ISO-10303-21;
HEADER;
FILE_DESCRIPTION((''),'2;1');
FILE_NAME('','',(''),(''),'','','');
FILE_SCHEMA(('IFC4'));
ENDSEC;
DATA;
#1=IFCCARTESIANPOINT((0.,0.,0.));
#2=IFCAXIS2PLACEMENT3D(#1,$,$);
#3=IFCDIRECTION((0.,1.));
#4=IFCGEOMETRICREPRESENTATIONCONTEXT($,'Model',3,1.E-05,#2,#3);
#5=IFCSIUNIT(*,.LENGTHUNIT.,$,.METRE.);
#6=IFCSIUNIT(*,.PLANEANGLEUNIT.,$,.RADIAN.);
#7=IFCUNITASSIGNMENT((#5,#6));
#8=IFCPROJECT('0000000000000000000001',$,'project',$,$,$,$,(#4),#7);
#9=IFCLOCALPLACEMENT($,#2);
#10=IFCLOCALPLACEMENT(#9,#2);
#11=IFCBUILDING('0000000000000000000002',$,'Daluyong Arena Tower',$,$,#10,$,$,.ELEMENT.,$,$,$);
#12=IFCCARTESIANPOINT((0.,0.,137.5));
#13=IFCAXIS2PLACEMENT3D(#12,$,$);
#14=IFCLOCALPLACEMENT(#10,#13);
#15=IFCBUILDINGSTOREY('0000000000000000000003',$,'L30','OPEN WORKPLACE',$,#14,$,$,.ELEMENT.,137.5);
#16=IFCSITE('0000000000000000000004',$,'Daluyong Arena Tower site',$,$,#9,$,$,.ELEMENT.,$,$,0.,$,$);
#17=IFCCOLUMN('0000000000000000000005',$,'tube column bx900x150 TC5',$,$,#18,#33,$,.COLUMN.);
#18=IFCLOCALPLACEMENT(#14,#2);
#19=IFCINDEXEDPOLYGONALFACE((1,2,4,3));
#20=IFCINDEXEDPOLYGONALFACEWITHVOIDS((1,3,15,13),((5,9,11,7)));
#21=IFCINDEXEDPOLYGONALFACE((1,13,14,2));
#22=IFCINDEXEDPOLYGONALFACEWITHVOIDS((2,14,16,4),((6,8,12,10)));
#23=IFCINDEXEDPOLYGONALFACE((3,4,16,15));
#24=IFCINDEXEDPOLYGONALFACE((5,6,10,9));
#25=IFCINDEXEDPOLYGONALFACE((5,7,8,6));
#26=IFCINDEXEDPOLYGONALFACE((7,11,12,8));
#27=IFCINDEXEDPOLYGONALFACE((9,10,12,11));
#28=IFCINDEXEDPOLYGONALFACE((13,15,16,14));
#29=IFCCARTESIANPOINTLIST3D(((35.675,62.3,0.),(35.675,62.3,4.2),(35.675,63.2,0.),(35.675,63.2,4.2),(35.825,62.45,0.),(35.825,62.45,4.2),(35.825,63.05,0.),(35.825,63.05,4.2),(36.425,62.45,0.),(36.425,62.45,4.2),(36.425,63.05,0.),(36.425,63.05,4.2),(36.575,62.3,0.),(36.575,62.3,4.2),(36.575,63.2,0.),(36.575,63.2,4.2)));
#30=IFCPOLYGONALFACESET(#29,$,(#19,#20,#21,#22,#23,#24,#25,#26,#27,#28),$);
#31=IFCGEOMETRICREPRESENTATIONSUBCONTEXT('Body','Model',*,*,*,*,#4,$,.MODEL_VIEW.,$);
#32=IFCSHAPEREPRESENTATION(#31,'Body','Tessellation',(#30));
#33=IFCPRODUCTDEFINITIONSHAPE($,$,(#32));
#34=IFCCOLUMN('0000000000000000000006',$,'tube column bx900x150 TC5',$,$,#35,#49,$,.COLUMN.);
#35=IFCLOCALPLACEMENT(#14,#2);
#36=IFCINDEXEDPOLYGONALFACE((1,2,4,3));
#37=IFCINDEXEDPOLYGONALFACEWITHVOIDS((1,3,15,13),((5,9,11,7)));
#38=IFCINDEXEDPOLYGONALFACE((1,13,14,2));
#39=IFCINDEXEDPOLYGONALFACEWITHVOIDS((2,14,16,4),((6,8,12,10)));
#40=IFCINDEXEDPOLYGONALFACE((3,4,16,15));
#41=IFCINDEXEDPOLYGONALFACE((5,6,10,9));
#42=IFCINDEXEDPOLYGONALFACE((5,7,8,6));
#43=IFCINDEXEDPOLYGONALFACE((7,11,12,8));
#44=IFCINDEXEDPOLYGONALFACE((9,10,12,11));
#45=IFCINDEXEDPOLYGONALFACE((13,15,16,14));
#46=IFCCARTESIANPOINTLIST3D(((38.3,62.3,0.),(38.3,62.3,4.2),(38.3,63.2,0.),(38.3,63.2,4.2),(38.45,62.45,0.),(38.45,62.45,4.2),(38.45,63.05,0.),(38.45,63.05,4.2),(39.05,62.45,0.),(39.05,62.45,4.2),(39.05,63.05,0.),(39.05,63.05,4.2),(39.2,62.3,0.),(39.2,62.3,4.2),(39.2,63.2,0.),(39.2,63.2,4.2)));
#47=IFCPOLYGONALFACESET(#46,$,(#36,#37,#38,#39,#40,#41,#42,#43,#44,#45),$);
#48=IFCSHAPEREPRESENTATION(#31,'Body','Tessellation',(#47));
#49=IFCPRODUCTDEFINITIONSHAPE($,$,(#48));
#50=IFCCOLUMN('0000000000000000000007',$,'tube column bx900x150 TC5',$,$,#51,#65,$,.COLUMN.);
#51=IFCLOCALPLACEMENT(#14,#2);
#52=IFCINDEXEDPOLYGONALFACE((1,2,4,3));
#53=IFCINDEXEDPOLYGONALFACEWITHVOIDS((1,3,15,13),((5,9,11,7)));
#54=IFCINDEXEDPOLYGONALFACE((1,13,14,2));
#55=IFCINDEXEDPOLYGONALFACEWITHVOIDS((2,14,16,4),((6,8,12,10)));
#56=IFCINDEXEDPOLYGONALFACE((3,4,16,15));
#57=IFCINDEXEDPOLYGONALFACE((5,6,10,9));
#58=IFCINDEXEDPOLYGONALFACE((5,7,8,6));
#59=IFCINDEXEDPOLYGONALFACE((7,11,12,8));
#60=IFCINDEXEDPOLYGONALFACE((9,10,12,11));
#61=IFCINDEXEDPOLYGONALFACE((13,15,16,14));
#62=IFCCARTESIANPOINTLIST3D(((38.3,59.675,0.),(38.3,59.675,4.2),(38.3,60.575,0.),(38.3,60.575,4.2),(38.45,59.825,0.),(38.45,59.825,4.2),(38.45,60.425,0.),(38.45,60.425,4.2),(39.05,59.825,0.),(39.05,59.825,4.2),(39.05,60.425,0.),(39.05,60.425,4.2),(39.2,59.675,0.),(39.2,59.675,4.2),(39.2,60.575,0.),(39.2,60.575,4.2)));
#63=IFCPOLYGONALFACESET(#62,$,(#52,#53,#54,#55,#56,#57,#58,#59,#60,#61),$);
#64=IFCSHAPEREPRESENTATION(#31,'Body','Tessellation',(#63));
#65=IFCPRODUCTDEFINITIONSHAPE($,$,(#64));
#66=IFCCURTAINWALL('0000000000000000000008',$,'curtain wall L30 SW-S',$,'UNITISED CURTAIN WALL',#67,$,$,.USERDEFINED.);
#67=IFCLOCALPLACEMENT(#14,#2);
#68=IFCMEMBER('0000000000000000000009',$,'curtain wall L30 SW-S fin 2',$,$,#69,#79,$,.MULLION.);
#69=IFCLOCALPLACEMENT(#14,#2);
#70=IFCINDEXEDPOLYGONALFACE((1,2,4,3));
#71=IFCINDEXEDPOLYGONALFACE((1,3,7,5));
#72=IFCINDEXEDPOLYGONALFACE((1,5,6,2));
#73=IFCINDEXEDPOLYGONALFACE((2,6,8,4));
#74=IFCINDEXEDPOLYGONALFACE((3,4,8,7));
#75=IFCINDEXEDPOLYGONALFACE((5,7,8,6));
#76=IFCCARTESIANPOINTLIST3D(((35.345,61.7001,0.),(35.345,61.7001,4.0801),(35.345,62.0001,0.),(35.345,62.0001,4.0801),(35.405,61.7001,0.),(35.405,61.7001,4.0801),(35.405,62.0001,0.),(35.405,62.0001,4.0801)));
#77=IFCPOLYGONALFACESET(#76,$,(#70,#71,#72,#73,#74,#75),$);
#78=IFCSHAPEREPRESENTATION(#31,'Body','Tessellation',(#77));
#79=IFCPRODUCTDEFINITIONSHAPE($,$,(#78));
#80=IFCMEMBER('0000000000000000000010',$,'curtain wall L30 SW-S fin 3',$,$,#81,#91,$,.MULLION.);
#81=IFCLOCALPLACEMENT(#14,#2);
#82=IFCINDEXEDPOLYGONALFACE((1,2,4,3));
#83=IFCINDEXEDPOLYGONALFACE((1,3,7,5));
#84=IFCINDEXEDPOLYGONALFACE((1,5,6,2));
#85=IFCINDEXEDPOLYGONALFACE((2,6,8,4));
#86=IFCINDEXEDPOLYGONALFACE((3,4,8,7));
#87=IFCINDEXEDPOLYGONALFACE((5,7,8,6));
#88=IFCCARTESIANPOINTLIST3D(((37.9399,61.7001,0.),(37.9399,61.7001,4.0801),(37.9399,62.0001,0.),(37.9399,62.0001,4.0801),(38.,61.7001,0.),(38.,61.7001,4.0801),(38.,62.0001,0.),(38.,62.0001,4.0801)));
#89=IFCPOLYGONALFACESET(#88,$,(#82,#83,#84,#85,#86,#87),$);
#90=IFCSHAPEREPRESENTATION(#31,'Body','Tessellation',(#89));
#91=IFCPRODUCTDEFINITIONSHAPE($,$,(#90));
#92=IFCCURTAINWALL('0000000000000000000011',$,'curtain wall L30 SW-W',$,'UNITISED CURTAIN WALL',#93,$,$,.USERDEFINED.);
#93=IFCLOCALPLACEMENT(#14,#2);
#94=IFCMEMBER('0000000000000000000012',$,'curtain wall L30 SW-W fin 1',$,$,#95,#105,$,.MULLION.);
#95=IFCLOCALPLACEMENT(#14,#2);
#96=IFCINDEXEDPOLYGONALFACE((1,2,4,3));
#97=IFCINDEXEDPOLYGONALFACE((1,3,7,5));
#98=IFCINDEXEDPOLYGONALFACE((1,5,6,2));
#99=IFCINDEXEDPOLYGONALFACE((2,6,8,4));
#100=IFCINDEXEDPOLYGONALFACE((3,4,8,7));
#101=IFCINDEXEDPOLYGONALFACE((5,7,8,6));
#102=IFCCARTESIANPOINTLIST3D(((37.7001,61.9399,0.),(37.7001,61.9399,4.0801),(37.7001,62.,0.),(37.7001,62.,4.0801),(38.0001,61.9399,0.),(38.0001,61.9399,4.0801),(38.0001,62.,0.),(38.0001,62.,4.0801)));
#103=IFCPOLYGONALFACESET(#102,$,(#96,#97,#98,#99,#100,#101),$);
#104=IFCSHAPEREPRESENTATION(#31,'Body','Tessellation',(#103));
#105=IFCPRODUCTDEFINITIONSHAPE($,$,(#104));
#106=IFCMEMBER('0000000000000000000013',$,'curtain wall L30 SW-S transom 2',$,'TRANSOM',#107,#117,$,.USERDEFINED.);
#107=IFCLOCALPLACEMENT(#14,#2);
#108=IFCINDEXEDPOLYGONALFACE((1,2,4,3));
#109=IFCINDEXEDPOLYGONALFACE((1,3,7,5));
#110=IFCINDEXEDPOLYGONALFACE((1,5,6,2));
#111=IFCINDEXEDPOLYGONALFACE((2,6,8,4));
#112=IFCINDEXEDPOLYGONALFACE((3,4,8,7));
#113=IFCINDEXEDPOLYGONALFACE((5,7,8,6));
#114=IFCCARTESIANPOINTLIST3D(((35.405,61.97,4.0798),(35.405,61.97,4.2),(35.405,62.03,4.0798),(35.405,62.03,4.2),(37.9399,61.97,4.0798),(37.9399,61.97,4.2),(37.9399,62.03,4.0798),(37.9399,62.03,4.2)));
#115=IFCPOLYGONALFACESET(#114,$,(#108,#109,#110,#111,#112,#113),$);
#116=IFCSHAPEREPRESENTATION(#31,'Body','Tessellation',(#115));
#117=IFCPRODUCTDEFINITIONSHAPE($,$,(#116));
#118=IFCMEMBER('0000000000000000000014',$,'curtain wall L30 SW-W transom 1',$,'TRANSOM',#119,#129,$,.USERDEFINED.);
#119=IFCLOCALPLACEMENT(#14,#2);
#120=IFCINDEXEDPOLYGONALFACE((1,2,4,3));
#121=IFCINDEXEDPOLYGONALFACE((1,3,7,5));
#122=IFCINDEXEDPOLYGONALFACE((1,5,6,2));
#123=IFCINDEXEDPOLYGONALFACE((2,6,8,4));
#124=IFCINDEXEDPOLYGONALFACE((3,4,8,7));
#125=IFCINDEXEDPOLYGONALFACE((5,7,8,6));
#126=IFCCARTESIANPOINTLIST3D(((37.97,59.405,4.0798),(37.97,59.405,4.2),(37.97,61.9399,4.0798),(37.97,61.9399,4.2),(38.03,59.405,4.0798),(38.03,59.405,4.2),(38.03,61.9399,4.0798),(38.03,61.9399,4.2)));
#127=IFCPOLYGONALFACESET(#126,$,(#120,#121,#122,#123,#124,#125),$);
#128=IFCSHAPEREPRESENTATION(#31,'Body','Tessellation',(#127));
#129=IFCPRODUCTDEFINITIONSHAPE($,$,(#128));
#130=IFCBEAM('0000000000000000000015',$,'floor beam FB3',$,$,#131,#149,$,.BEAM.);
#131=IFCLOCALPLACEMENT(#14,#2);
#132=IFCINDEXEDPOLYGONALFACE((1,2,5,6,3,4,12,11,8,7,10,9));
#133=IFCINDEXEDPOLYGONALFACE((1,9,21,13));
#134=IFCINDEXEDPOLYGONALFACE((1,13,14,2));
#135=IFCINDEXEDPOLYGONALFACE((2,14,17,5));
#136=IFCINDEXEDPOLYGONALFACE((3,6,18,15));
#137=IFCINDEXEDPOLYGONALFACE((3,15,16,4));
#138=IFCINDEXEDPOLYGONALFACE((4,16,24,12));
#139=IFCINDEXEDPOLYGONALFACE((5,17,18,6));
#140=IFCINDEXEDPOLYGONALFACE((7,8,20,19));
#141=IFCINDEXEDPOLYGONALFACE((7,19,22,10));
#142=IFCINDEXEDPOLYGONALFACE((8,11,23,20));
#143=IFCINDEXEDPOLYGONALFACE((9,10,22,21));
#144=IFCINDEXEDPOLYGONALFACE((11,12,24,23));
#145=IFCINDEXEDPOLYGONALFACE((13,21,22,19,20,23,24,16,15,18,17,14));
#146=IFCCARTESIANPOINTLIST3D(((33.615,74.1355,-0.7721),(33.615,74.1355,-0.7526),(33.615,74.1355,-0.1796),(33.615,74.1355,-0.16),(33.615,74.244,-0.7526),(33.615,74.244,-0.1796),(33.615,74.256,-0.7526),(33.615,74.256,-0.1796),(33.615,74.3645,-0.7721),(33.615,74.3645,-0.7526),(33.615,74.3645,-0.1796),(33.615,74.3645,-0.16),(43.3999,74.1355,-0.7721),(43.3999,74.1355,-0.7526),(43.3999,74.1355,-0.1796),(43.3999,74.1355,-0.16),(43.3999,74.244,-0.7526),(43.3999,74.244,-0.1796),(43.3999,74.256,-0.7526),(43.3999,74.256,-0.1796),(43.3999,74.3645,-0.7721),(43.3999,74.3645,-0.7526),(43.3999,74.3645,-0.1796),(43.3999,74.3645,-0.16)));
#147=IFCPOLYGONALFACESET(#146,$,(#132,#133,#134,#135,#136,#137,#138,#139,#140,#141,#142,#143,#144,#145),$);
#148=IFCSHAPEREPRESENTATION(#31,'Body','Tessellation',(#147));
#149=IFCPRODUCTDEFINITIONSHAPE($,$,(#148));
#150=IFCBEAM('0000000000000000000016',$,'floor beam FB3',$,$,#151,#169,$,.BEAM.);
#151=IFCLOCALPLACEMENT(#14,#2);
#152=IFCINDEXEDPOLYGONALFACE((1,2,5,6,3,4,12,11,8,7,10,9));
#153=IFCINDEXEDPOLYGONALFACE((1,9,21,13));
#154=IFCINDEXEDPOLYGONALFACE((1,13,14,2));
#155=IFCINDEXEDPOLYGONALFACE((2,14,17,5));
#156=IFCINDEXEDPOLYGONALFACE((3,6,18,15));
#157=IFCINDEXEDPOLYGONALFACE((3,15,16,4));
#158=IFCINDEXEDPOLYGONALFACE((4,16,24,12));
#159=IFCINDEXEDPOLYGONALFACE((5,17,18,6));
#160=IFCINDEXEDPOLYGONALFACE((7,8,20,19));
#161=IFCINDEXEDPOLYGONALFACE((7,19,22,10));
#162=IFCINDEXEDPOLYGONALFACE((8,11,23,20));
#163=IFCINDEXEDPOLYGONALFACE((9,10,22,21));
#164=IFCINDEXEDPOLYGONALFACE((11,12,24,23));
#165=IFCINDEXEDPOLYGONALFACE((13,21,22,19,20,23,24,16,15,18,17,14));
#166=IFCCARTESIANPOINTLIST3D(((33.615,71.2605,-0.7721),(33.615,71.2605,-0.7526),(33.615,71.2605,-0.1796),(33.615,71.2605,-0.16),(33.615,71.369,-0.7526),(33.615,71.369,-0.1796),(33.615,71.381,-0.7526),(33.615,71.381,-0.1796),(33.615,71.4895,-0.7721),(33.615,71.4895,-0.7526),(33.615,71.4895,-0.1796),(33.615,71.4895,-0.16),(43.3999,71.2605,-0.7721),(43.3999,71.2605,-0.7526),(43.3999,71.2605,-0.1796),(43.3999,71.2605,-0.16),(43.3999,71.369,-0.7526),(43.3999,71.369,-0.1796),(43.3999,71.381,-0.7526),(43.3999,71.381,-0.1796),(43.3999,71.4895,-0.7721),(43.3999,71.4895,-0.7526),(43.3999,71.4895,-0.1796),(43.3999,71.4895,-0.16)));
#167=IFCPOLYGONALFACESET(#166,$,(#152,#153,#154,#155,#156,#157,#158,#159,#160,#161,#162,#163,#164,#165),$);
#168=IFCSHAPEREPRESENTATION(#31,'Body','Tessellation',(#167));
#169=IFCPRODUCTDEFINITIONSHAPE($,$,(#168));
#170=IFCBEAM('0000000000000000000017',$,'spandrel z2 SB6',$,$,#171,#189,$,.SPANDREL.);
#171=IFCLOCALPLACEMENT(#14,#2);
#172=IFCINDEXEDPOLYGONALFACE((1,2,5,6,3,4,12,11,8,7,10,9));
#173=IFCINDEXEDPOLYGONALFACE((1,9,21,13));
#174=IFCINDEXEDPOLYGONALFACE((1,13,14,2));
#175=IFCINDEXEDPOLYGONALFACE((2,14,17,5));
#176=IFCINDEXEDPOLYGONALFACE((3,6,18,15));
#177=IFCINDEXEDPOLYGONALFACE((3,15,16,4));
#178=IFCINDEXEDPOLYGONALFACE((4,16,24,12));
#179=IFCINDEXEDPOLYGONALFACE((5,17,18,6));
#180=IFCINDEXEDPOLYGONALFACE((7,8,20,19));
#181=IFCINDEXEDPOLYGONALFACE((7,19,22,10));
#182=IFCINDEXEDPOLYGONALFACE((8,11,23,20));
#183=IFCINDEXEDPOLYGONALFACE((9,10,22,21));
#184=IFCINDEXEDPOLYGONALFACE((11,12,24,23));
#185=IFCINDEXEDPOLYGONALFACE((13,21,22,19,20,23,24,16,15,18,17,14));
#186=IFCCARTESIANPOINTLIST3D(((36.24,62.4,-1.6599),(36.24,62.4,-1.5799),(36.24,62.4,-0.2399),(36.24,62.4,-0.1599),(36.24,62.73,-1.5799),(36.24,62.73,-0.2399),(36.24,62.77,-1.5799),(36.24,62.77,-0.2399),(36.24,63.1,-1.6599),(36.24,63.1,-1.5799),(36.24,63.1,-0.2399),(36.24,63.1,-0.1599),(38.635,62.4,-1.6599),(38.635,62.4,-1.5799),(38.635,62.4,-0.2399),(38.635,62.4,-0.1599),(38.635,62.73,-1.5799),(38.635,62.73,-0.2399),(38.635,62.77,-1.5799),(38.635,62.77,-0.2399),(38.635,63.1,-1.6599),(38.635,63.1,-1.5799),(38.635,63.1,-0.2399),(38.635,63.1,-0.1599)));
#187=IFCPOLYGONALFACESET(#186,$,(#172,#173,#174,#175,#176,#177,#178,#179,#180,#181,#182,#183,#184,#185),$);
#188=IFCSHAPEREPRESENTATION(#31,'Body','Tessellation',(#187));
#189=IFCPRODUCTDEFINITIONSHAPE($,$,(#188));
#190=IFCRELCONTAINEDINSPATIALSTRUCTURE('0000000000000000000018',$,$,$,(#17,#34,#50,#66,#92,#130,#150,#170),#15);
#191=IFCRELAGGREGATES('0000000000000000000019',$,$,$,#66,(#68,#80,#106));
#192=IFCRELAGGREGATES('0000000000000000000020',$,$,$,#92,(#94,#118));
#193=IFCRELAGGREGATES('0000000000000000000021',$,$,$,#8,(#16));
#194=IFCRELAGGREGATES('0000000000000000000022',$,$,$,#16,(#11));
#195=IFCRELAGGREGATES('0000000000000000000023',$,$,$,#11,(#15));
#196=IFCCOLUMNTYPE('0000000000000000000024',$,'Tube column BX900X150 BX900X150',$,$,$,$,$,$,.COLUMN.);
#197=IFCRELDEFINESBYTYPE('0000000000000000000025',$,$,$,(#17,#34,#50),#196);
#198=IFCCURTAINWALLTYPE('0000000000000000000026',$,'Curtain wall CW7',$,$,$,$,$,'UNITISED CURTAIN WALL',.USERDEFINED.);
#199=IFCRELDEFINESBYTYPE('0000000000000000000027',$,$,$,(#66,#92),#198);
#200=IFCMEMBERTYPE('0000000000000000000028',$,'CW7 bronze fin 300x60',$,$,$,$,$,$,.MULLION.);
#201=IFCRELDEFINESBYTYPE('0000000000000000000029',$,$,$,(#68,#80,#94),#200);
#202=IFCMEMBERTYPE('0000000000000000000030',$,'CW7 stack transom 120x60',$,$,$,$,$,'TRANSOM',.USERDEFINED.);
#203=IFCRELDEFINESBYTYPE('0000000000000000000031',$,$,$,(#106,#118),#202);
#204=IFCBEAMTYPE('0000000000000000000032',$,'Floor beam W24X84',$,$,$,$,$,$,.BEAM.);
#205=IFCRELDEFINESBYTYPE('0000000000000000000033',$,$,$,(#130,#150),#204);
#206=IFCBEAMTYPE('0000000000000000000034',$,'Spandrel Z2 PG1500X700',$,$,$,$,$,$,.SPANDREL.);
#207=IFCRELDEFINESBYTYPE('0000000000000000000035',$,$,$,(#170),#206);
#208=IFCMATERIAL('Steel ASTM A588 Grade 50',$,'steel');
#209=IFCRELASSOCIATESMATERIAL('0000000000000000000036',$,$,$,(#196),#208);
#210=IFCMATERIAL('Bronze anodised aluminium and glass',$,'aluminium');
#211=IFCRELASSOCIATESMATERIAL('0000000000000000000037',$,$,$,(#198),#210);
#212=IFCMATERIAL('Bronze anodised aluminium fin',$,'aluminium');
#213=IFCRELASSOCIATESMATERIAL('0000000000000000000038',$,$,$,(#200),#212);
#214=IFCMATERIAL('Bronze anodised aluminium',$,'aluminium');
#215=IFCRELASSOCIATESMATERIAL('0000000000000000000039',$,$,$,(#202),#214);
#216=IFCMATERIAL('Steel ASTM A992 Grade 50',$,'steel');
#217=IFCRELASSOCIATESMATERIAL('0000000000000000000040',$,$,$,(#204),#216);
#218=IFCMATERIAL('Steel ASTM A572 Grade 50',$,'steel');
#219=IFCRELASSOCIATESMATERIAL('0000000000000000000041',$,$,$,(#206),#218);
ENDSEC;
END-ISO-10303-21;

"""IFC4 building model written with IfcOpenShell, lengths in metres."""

from ifc_helpers import new_model, si_unit, direction, frame, origin, origin_2d, place, context, subcontext, project, spatial, rectangle, hollow_rectangle, i_section, extrude, material, material_profile, profile_set, type_object, element, aggregate, save


model = new_model("IFC4")

# Units and contexts
model_context = context("Model", 3, precision=1e-05, world=origin(), true_north=direction((0.0, 1.0)))
body_context = subcontext(model_context, "Body", "Model", "MODEL_VIEW")
ifc_project = project(units=[si_unit("LENGTHUNIT", "METRE"), si_unit("PLANEANGLEUNIT", "RADIAN")], contexts=[model_context])

# Site, building, storey
site_placement = place(None, origin())
site = spatial("IfcSite", under=ifc_project, at=site_placement, Name="Daluyong Arena Tower site", CompositionType="ELEMENT", RefElevation=0.0)
building_placement = place(site_placement, origin())
building = spatial("IfcBuilding", under=site, at=building_placement, Name="Daluyong Arena Tower", CompositionType="ELEMENT")
storey_placement = place(building_placement, frame((0.0, 0.0, 137.5)))
storey = spatial("IfcBuildingStorey", under=building, at=storey_placement, Name="L30", Description="OPEN WORKPLACE", CompositionType="ELEMENT", Elevation=137.5)

# Columns
ifc_material_1 = material(Name="Steel ASTM A588 Grade 50", Category="steel")
ifc_material_profile_1 = material_profile(ifc_material_1, hollow_rectangle(XDim=0.8999, YDim=0.8999, WallThickness=0.15, at=origin_2d()))
ifc_profile_set_1 = profile_set([ifc_material_profile_1], Name="Steel ASTM A588 Grade 50")
column_type = type_object("IfcColumnType", Name="Tube column BX900X150 BX900X150", PredefinedType="COLUMN", material=ifc_profile_set_1)
for number, where, z_axis, x_axis, name in (
    (1, (36.125, 62.75, 0.0), (0.0, 0.0, 1.0), (1.0, 0.0, 0.0), "tube column bx900x150 TC5"),
    (2, (38.75, 62.75, 0.0), (0.0, 0.0, 1.0), (0.0, 1.0, 0.0), "tube column bx900x150 TC5"),
    (3, (38.75, 60.125, 0.0), (0.0, 0.0, 1.0), (0.0, 1.0, 0.0), "tube column bx900x150 TC5"),
):
    element("IfcColumn", number, at=place(storey_placement, frame(where, z_axis=z_axis, x_axis=x_axis)), inside=storey, type_object=column_type, Name=name, PredefinedType="COLUMN", context=body_context, shape_type="SweptSolid", body=[
        extrude(hollow_rectangle(XDim=0.8999, YDim=0.8999, WallThickness=0.15, at=origin_2d()), origin(), (0.0, 0.0, 1.0), 4.2),
    ])

# Curtain wall, members
ifc_material_2 = material(Name="Bronze anodised aluminium and glass", Category="aluminium")
curtain_wall_type = type_object("IfcCurtainWallType", Name="Curtain wall CW7", ElementType="UNITISED CURTAIN WALL", PredefinedType="USERDEFINED", material=ifc_material_2)
curtain_wall_1_placement = place(storey_placement, origin())
curtain_wall_1 = element("IfcCurtainWall", 4, at=curtain_wall_1_placement, inside=storey, type_object=curtain_wall_type, Name="curtain wall L30 SW-S", ObjectType="UNITISED CURTAIN WALL", PredefinedType="USERDEFINED")
ifc_material_3 = material(Name="Bronze anodised aluminium fin", Category="aluminium")
ifc_material_profile_2 = material_profile(ifc_material_3, rectangle(XDim=0.3, YDim=0.0601, at=origin_2d()))
ifc_profile_set_2 = profile_set([ifc_material_profile_2], Name="Bronze anodised aluminium fin")
member_type_1 = type_object("IfcMemberType", Name="CW7 bronze fin 300x60", PredefinedType="MULLION", material=ifc_profile_set_2)
member_1_placement = place(storey_placement, frame((35.375, 61.8501, 0.0), z_axis=(0.0, 0.0, 1.0), x_axis=(0.0, 1.0, 0.0)))
member_1 = element("IfcMember", 5, at=member_1_placement, type_object=member_type_1, Name="curtain wall L30 SW-S fin 2", PredefinedType="MULLION", context=body_context, shape_type="SweptSolid", body=[
    extrude(rectangle(XDim=0.3, YDim=0.0601, at=origin_2d()), origin(), (0.0, 0.0, 1.0), 4.0801),
])
member_2_placement = place(storey_placement, frame((37.97, 61.8501, 0.0), z_axis=(0.0, 0.0, 1.0), x_axis=(0.0, 1.0, 0.0)))
member_2 = element("IfcMember", 6, at=member_2_placement, type_object=member_type_1, Name="curtain wall L30 SW-S fin 3", PredefinedType="MULLION", context=body_context, shape_type="SweptSolid", body=[
    extrude(rectangle(XDim=0.3, YDim=0.0601, at=origin_2d()), origin(), (0.0, 0.0, 1.0), 4.0801),
])

# Curtain wall, member
curtain_wall_2_placement = place(storey_placement, origin())
curtain_wall_2 = element("IfcCurtainWall", 7, at=curtain_wall_2_placement, inside=storey, type_object=curtain_wall_type, Name="curtain wall L30 SW-W", ObjectType="UNITISED CURTAIN WALL", PredefinedType="USERDEFINED")
member_3_placement = place(storey_placement, frame((37.8501, 61.97, 0.0), z_axis=(0.0, 0.0, 1.0), x_axis=(1.0, 0.0, 0.0)))
member_3 = element("IfcMember", 8, at=member_3_placement, type_object=member_type_1, Name="curtain wall L30 SW-W fin 1", PredefinedType="MULLION", context=body_context, shape_type="SweptSolid", body=[
    extrude(rectangle(XDim=0.3, YDim=0.0601, at=origin_2d()), origin(), (0.0, 0.0, 1.0), 4.0801),
])

# Members
ifc_material_4 = material(Name="Bronze anodised aluminium", Category="aluminium")
ifc_material_profile_3 = material_profile(ifc_material_4, rectangle(XDim=0.0601, YDim=0.1201, at=origin_2d()))
ifc_profile_set_3 = profile_set([ifc_material_profile_3], Name="Bronze anodised aluminium")
member_type_2 = type_object("IfcMemberType", Name="CW7 stack transom 120x60", ElementType="TRANSOM", PredefinedType="USERDEFINED", material=ifc_profile_set_3)
member_4_placement = place(storey_placement, frame((35.405, 62.0, 4.1399), z_axis=(1.0, 0.0, 0.0), x_axis=(0.0, 1.0, 0.0)))
member_4 = element("IfcMember", 9, at=member_4_placement, type_object=member_type_2, Name="curtain wall L30 SW-S transom 2", ObjectType="TRANSOM", PredefinedType="USERDEFINED", context=body_context, shape_type="SweptSolid", body=[
    extrude(rectangle(XDim=0.0601, YDim=0.1201, at=origin_2d()), origin(), (0.0, 0.0, 1.0), 2.5349),
])
member_5_placement = place(storey_placement, frame((38.0, 61.9399, 4.1399), z_axis=(0.0, -1.0, 0.0), x_axis=(1.0, 0.0, 0.0)))
member_5 = element("IfcMember", 10, at=member_5_placement, type_object=member_type_2, Name="curtain wall L30 SW-W transom 1", ObjectType="TRANSOM", PredefinedType="USERDEFINED", context=body_context, shape_type="SweptSolid", body=[
    extrude(rectangle(XDim=0.0601, YDim=0.1201, at=origin_2d()), origin(), (0.0, 0.0, 1.0), 2.5349),
])

# Beams
ifc_material_5 = material(Name="Steel ASTM A992 Grade 50", Category="steel")
ifc_material_profile_4 = material_profile(ifc_material_5, i_section(OverallWidth=0.229, OverallDepth=0.6121, WebThickness=0.012, FlangeThickness=0.0195, at=origin_2d()))
ifc_profile_set_4 = profile_set([ifc_material_profile_4], Name="Steel ASTM A992 Grade 50")
beam_type_1 = type_object("IfcBeamType", Name="Floor beam W24X84", PredefinedType="BEAM", material=ifc_profile_set_4)
for number, where, z_axis, x_axis, name in (
    (11, (33.615, 74.25, -0.4661), (1.0, 0.0, 0.0), (0.0, 1.0, 0.0), "floor beam FB3"),
    (12, (33.615, 71.375, -0.4661), (1.0, 0.0, 0.0), (0.0, 1.0, 0.0), "floor beam FB3"),
):
    element("IfcBeam", number, at=place(storey_placement, frame(where, z_axis=z_axis, x_axis=x_axis)), inside=storey, type_object=beam_type_1, Name=name, PredefinedType="BEAM", context=body_context, shape_type="SweptSolid", body=[
        extrude(i_section(OverallWidth=0.229, OverallDepth=0.6121, WebThickness=0.012, FlangeThickness=0.0195, at=origin_2d()), origin(), (0.0, 0.0, 1.0), 9.7849),
    ])
ifc_material_6 = material(Name="Steel ASTM A572 Grade 50", Category="steel")
ifc_material_profile_5 = material_profile(ifc_material_6, i_section(OverallWidth=0.7, OverallDepth=1.5, WebThickness=0.04, FlangeThickness=0.08, at=origin_2d()))
ifc_profile_set_5 = profile_set([ifc_material_profile_5], Name="Steel ASTM A572 Grade 50")
beam_type_2 = type_object("IfcBeamType", Name="Spandrel Z2 PG1500X700", PredefinedType="SPANDREL", material=ifc_profile_set_5)
for number, where, z_axis, x_axis, name in (
    (13, (36.24, 62.75, -0.9099), (1.0, 0.0, 0.0), (0.0, 1.0, 0.0), "spandrel z2 SB6"),
):
    element("IfcBeam", number, at=place(storey_placement, frame(where, z_axis=z_axis, x_axis=x_axis)), inside=storey, type_object=beam_type_2, Name=name, PredefinedType="SPANDREL", context=body_context, shape_type="SweptSolid", body=[
        extrude(i_section(OverallWidth=0.7, OverallDepth=1.5, WebThickness=0.04, FlangeThickness=0.08, at=origin_2d()), origin(), (0.0, 0.0, 1.0), 2.395),
    ])

aggregate(curtain_wall_1, [member_1, member_2, member_4])
aggregate(curtain_wall_2, [member_3, member_5])

save(model, "model.ifc")
